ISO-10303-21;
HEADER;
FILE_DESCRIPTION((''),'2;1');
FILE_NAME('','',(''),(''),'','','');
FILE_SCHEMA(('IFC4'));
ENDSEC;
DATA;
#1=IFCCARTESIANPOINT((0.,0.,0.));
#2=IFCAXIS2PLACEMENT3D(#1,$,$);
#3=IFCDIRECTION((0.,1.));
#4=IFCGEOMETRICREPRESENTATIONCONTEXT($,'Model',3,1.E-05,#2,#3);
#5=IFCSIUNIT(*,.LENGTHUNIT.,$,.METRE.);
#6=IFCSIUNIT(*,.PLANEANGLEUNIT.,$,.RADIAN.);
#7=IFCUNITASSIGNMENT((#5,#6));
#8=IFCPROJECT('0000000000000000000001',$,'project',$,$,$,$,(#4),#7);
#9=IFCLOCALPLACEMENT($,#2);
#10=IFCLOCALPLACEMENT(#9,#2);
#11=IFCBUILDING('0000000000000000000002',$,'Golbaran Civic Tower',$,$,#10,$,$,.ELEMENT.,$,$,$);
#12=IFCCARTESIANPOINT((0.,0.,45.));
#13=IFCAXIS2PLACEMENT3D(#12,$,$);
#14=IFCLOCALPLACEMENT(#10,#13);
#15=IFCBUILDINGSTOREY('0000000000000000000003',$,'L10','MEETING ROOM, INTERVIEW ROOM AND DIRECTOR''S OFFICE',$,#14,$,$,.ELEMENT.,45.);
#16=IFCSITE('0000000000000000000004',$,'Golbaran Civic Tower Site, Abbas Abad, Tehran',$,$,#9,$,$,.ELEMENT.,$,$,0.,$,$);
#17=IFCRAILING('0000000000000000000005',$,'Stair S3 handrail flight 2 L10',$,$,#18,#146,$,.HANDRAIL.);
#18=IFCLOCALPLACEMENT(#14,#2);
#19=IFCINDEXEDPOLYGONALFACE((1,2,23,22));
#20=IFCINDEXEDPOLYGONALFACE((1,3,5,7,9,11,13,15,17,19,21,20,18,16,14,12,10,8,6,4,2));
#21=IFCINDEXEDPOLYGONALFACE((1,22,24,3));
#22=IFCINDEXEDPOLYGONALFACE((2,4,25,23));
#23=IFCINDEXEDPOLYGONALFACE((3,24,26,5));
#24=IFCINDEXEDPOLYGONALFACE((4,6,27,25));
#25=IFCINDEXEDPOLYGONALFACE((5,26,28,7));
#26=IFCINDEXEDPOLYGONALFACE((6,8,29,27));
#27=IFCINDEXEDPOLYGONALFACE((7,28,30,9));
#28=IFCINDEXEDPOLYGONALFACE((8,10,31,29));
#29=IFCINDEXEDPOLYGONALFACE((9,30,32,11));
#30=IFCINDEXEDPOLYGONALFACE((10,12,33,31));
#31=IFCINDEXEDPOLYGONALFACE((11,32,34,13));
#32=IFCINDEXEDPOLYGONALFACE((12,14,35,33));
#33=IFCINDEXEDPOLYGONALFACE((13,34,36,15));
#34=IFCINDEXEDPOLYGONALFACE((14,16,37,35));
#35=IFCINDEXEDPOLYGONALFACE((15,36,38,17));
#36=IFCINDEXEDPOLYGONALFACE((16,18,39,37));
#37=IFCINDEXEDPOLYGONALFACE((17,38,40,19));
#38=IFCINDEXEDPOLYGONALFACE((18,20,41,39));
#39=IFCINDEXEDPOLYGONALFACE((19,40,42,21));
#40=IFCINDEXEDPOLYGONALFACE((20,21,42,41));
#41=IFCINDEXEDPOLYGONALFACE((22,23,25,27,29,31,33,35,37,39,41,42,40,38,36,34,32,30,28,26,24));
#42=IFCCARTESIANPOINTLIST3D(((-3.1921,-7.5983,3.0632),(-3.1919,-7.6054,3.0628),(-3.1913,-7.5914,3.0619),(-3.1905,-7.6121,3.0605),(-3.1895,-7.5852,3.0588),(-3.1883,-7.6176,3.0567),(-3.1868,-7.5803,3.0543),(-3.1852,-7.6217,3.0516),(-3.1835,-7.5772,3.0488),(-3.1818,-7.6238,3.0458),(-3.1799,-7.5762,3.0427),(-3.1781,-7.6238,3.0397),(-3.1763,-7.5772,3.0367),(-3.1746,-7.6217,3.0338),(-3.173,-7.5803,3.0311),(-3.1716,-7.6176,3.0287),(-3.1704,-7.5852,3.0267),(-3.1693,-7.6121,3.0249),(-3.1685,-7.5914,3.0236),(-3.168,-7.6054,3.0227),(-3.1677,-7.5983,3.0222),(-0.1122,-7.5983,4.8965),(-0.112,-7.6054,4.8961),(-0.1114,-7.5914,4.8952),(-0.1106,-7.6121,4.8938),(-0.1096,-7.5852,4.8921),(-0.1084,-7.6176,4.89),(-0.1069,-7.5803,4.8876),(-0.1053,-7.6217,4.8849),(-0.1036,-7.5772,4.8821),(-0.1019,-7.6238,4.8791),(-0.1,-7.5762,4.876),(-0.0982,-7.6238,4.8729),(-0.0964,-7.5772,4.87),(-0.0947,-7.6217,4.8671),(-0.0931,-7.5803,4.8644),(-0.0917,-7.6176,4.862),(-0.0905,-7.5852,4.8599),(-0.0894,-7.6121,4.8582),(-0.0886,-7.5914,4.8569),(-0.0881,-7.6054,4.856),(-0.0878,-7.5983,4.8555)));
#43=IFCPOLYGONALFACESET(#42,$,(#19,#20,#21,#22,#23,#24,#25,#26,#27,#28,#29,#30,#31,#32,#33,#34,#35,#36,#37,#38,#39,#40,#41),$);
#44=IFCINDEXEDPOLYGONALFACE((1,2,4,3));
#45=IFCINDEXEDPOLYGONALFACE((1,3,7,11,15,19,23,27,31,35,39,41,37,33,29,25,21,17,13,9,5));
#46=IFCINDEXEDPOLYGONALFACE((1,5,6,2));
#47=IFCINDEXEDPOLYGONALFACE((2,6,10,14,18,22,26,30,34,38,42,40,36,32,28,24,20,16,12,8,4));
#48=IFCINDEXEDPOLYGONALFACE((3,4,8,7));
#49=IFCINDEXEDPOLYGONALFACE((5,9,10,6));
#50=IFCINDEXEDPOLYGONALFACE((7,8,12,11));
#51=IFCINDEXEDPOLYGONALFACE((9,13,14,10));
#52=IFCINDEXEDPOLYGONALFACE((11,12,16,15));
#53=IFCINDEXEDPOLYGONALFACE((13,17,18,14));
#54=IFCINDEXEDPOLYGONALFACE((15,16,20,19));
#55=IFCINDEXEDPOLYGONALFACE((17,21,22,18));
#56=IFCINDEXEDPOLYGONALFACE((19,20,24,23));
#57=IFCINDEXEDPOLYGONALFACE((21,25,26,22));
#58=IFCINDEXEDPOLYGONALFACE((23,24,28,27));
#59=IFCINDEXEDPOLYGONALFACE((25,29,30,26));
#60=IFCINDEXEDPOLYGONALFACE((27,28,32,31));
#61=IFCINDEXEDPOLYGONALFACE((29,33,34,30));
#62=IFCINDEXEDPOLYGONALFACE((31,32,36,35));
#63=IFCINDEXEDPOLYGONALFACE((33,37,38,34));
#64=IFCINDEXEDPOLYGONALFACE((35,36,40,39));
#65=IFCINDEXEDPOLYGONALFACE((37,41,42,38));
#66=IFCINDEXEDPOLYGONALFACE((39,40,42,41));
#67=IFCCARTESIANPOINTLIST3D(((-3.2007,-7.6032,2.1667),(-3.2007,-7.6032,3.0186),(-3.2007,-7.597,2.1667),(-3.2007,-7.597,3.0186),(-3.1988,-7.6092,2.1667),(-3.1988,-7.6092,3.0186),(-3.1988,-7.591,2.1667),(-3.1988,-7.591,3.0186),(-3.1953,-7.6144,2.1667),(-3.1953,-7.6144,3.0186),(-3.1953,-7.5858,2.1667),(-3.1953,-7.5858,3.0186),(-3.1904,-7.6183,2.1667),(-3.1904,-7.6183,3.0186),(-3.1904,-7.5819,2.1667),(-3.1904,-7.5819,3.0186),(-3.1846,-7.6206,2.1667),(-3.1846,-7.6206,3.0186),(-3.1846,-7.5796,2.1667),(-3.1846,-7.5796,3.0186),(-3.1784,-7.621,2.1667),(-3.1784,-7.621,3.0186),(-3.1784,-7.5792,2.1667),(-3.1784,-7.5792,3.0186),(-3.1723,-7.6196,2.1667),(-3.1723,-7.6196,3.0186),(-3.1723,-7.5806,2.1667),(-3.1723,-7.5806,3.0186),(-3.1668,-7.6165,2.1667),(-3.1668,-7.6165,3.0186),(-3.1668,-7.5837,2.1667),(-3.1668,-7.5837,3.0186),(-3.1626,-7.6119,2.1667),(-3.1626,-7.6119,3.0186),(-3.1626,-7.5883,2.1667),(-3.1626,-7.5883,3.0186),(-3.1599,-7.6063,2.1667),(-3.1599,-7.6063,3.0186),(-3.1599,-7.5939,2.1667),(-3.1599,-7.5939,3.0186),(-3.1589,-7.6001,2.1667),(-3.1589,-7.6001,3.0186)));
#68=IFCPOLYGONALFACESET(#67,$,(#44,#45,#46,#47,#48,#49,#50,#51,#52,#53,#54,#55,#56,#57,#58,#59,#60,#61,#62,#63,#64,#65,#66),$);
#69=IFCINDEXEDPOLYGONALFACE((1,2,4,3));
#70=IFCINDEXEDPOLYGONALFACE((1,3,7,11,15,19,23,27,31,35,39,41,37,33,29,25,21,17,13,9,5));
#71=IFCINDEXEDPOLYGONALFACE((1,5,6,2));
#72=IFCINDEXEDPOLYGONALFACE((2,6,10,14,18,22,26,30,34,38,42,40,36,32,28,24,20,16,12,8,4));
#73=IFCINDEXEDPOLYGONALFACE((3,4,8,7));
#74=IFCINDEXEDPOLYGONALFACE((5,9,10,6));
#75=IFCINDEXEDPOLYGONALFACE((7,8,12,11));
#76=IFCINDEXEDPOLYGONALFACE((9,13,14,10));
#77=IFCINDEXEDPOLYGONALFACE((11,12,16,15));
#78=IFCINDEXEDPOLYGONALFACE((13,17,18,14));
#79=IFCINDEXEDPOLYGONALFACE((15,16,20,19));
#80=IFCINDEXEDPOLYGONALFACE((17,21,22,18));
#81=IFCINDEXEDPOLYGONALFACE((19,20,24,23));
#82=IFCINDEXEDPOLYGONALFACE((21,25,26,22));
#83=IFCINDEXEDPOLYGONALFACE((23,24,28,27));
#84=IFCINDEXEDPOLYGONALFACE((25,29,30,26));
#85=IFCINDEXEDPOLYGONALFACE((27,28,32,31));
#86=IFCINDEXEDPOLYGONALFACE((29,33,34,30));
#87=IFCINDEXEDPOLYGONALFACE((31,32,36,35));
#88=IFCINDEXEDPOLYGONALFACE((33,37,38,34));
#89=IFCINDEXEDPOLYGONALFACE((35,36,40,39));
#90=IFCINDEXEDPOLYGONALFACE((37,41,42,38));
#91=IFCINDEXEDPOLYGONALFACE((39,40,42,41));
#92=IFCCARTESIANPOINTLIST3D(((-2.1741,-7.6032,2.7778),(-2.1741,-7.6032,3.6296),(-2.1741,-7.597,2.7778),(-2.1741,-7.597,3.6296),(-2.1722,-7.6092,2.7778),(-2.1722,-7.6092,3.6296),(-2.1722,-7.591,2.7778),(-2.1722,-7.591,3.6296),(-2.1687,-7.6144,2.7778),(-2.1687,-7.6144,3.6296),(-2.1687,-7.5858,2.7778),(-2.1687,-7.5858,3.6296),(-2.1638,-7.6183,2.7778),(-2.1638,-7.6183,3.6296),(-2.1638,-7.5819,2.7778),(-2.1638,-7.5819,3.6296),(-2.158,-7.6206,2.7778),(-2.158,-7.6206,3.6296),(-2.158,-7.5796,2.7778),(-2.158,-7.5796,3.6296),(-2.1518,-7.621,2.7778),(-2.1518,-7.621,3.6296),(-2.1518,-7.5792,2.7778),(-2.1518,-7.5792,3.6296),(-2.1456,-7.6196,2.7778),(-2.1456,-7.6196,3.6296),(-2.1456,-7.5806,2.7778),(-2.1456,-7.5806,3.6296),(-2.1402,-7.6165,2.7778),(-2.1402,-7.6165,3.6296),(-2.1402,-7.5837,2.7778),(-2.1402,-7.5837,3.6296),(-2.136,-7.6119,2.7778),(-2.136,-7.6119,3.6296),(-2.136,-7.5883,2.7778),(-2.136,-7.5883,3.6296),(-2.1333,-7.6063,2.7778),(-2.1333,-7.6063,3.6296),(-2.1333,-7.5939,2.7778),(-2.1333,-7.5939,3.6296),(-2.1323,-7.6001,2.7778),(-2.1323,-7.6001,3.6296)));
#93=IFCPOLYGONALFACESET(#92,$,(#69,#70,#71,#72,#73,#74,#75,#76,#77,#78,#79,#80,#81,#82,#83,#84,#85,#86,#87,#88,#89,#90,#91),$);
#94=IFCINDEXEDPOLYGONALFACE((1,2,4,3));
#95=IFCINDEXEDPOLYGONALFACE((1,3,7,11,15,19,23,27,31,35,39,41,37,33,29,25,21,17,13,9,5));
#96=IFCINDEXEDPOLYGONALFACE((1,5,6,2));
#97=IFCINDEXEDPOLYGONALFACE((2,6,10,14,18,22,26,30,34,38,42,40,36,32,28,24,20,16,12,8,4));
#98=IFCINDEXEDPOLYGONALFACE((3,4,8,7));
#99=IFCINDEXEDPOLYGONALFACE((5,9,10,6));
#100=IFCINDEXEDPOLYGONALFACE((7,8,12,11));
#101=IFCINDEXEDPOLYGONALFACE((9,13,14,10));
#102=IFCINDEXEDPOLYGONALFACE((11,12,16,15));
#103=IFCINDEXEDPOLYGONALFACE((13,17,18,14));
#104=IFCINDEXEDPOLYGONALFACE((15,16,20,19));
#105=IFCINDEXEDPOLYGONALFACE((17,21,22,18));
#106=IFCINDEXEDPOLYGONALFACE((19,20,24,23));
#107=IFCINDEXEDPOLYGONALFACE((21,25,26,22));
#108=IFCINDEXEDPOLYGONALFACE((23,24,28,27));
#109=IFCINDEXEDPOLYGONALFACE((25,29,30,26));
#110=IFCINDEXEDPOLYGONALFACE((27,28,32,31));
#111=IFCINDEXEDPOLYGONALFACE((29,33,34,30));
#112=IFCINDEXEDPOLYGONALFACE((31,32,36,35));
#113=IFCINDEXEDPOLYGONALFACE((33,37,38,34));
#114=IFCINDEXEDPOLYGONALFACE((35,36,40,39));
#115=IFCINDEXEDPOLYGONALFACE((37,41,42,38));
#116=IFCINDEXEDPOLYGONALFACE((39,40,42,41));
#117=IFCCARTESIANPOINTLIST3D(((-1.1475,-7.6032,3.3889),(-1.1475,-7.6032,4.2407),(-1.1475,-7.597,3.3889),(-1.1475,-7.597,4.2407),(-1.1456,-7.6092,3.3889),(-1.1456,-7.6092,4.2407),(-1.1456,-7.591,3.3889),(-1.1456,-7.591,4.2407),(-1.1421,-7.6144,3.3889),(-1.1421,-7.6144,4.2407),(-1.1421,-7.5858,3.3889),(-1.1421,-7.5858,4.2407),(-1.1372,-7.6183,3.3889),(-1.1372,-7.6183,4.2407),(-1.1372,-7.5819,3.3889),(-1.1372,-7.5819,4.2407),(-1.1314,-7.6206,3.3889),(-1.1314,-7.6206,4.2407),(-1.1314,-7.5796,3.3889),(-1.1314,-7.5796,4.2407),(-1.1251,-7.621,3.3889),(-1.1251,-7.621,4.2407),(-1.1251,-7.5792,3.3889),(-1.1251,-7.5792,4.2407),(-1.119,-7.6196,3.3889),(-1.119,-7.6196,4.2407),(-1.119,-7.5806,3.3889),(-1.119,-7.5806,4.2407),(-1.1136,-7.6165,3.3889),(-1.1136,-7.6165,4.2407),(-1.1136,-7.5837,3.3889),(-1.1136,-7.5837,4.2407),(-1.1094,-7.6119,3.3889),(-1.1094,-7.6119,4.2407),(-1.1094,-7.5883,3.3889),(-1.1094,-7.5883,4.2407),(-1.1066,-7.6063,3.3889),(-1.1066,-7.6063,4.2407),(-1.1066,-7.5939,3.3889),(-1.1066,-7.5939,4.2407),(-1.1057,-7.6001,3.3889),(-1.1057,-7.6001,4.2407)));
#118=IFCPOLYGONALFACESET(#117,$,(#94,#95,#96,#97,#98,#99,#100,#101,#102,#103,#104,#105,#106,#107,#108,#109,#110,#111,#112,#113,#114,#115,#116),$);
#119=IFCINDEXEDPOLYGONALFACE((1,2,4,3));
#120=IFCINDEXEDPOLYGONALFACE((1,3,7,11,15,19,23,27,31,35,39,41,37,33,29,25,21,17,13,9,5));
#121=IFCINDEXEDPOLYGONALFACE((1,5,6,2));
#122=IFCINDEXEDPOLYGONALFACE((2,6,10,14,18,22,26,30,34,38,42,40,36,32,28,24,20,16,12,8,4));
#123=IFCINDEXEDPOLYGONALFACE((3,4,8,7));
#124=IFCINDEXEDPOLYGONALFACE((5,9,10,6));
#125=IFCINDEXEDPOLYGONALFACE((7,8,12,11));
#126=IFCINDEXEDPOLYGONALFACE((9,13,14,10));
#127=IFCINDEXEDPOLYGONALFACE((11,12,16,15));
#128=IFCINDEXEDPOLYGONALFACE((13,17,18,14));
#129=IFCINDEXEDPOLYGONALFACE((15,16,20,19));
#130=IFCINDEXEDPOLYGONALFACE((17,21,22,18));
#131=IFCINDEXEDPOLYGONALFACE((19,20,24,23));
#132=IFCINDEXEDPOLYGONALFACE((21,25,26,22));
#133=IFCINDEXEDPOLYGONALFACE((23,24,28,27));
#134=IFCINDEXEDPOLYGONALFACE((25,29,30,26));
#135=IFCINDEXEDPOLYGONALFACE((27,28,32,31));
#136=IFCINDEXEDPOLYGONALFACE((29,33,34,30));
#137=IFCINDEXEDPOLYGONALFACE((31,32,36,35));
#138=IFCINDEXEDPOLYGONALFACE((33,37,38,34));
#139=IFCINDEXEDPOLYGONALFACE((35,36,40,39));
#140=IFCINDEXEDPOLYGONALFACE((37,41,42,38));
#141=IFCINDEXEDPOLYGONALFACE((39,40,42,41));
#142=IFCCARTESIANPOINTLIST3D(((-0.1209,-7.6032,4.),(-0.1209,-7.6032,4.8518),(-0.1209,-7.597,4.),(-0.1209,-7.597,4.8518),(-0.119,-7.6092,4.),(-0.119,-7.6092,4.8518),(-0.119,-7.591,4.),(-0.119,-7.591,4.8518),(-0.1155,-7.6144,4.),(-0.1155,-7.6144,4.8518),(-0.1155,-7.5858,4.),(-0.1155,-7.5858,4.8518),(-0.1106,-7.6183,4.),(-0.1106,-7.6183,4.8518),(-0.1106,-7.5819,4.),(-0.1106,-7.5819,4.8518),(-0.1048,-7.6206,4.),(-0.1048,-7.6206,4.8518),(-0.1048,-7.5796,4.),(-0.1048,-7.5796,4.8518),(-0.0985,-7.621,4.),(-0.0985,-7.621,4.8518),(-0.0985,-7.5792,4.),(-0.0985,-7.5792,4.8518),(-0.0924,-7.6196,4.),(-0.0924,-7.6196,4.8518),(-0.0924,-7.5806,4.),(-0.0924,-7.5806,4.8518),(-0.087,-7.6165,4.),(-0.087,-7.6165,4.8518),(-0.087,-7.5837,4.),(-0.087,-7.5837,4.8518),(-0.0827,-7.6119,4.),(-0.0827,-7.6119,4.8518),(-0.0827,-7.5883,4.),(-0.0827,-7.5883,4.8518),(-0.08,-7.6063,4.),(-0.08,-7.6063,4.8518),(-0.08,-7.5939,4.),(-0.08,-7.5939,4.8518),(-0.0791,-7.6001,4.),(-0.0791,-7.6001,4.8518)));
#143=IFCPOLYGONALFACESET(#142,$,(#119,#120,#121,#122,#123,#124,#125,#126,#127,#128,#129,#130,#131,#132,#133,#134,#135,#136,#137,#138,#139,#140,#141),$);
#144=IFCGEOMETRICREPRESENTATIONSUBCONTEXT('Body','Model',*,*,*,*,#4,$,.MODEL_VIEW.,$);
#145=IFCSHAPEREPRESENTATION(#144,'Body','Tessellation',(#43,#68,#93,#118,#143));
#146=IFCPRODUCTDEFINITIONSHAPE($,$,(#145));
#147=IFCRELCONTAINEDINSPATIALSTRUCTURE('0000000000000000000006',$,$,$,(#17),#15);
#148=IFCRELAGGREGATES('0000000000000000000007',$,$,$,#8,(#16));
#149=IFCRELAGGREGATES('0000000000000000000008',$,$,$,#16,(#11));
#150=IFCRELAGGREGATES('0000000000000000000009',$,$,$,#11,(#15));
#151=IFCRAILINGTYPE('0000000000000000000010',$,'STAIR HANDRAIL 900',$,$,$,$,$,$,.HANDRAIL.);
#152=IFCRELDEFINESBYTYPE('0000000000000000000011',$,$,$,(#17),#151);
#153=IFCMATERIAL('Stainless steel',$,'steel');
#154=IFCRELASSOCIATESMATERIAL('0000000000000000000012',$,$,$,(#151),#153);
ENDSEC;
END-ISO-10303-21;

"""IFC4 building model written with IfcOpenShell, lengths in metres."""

from ifc_helpers import new_model, si_unit, direction, frame, origin, origin_2d, place, context, subcontext, project, spatial, circle, extrude, material, type_object, element, save


model = new_model("IFC4")

# Units and contexts
model_context = context("Model", 3, precision=1e-05, world=origin(), true_north=direction((0.0, 1.0)))
body_context = subcontext(model_context, "Body", "Model", "MODEL_VIEW")
ifc_project = project(units=[si_unit("LENGTHUNIT", "METRE"), si_unit("PLANEANGLEUNIT", "RADIAN")], contexts=[model_context])

# Site, building, storey
site_placement = place(None, origin())
site = spatial("IfcSite", under=ifc_project, at=site_placement, Name="Golbaran Civic Tower Site, Abbas Abad, Tehran", CompositionType="ELEMENT", RefElevation=0.0)
building_placement = place(site_placement, origin())
building = spatial("IfcBuilding", under=site, at=building_placement, Name="Golbaran Civic Tower", CompositionType="ELEMENT")
storey_placement = place(building_placement, frame((0.0, 0.0, 45.0)))
storey = spatial("IfcBuildingStorey", under=building, at=storey_placement, Name="L10", Description="MEETING ROOM, INTERVIEW ROOM AND DIRECTOR'S OFFICE", CompositionType="ELEMENT", Elevation=45.0)

# Shared definitions
ifc_material_1 = material(Name="Stainless steel", Category="steel")

# Railing
railing_type = type_object("IfcRailingType", Name="STAIR HANDRAIL 900", PredefinedType="HANDRAIL", material=ifc_material_1)
railing_1_placement = place(storey_placement, frame((-3.1799, -7.6001, 2.1667)))
element("IfcRailing", 1, at=railing_1_placement, inside=storey, type_object=railing_type, Name="Stair S3 handrail flight 2 L10", PredefinedType="HANDRAIL", context=body_context, shape_type="SweptSolid", body=[
    extrude(circle(Radius=0.0239, at=origin_2d()), frame((0.0, 0.0, 0.876), z_axis=(0.859291, 0.0, 0.511487), x_axis=(0.0, 1.0, 0.0)), (0.0, 0.0, 1.0), 3.5842),
    extrude(circle(Radius=0.021, at=origin_2d()), origin(), (0.0, 0.0, 1.0), 0.8518),
    extrude(circle(Radius=0.021, at=origin_2d()), frame((1.0266, 0.0, 0.6111)), (0.0, 0.0, 1.0), 0.8518),
    extrude(circle(Radius=0.021, at=origin_2d()), frame((2.0532, 0.0, 1.2222)), (0.0, 0.0, 1.0), 0.8518),
    extrude(circle(Radius=0.021, at=origin_2d()), frame((3.0798, 0.0, 1.8333)), (0.0, 0.0, 1.0), 0.8518),
])

save(model, "model.ifc")
